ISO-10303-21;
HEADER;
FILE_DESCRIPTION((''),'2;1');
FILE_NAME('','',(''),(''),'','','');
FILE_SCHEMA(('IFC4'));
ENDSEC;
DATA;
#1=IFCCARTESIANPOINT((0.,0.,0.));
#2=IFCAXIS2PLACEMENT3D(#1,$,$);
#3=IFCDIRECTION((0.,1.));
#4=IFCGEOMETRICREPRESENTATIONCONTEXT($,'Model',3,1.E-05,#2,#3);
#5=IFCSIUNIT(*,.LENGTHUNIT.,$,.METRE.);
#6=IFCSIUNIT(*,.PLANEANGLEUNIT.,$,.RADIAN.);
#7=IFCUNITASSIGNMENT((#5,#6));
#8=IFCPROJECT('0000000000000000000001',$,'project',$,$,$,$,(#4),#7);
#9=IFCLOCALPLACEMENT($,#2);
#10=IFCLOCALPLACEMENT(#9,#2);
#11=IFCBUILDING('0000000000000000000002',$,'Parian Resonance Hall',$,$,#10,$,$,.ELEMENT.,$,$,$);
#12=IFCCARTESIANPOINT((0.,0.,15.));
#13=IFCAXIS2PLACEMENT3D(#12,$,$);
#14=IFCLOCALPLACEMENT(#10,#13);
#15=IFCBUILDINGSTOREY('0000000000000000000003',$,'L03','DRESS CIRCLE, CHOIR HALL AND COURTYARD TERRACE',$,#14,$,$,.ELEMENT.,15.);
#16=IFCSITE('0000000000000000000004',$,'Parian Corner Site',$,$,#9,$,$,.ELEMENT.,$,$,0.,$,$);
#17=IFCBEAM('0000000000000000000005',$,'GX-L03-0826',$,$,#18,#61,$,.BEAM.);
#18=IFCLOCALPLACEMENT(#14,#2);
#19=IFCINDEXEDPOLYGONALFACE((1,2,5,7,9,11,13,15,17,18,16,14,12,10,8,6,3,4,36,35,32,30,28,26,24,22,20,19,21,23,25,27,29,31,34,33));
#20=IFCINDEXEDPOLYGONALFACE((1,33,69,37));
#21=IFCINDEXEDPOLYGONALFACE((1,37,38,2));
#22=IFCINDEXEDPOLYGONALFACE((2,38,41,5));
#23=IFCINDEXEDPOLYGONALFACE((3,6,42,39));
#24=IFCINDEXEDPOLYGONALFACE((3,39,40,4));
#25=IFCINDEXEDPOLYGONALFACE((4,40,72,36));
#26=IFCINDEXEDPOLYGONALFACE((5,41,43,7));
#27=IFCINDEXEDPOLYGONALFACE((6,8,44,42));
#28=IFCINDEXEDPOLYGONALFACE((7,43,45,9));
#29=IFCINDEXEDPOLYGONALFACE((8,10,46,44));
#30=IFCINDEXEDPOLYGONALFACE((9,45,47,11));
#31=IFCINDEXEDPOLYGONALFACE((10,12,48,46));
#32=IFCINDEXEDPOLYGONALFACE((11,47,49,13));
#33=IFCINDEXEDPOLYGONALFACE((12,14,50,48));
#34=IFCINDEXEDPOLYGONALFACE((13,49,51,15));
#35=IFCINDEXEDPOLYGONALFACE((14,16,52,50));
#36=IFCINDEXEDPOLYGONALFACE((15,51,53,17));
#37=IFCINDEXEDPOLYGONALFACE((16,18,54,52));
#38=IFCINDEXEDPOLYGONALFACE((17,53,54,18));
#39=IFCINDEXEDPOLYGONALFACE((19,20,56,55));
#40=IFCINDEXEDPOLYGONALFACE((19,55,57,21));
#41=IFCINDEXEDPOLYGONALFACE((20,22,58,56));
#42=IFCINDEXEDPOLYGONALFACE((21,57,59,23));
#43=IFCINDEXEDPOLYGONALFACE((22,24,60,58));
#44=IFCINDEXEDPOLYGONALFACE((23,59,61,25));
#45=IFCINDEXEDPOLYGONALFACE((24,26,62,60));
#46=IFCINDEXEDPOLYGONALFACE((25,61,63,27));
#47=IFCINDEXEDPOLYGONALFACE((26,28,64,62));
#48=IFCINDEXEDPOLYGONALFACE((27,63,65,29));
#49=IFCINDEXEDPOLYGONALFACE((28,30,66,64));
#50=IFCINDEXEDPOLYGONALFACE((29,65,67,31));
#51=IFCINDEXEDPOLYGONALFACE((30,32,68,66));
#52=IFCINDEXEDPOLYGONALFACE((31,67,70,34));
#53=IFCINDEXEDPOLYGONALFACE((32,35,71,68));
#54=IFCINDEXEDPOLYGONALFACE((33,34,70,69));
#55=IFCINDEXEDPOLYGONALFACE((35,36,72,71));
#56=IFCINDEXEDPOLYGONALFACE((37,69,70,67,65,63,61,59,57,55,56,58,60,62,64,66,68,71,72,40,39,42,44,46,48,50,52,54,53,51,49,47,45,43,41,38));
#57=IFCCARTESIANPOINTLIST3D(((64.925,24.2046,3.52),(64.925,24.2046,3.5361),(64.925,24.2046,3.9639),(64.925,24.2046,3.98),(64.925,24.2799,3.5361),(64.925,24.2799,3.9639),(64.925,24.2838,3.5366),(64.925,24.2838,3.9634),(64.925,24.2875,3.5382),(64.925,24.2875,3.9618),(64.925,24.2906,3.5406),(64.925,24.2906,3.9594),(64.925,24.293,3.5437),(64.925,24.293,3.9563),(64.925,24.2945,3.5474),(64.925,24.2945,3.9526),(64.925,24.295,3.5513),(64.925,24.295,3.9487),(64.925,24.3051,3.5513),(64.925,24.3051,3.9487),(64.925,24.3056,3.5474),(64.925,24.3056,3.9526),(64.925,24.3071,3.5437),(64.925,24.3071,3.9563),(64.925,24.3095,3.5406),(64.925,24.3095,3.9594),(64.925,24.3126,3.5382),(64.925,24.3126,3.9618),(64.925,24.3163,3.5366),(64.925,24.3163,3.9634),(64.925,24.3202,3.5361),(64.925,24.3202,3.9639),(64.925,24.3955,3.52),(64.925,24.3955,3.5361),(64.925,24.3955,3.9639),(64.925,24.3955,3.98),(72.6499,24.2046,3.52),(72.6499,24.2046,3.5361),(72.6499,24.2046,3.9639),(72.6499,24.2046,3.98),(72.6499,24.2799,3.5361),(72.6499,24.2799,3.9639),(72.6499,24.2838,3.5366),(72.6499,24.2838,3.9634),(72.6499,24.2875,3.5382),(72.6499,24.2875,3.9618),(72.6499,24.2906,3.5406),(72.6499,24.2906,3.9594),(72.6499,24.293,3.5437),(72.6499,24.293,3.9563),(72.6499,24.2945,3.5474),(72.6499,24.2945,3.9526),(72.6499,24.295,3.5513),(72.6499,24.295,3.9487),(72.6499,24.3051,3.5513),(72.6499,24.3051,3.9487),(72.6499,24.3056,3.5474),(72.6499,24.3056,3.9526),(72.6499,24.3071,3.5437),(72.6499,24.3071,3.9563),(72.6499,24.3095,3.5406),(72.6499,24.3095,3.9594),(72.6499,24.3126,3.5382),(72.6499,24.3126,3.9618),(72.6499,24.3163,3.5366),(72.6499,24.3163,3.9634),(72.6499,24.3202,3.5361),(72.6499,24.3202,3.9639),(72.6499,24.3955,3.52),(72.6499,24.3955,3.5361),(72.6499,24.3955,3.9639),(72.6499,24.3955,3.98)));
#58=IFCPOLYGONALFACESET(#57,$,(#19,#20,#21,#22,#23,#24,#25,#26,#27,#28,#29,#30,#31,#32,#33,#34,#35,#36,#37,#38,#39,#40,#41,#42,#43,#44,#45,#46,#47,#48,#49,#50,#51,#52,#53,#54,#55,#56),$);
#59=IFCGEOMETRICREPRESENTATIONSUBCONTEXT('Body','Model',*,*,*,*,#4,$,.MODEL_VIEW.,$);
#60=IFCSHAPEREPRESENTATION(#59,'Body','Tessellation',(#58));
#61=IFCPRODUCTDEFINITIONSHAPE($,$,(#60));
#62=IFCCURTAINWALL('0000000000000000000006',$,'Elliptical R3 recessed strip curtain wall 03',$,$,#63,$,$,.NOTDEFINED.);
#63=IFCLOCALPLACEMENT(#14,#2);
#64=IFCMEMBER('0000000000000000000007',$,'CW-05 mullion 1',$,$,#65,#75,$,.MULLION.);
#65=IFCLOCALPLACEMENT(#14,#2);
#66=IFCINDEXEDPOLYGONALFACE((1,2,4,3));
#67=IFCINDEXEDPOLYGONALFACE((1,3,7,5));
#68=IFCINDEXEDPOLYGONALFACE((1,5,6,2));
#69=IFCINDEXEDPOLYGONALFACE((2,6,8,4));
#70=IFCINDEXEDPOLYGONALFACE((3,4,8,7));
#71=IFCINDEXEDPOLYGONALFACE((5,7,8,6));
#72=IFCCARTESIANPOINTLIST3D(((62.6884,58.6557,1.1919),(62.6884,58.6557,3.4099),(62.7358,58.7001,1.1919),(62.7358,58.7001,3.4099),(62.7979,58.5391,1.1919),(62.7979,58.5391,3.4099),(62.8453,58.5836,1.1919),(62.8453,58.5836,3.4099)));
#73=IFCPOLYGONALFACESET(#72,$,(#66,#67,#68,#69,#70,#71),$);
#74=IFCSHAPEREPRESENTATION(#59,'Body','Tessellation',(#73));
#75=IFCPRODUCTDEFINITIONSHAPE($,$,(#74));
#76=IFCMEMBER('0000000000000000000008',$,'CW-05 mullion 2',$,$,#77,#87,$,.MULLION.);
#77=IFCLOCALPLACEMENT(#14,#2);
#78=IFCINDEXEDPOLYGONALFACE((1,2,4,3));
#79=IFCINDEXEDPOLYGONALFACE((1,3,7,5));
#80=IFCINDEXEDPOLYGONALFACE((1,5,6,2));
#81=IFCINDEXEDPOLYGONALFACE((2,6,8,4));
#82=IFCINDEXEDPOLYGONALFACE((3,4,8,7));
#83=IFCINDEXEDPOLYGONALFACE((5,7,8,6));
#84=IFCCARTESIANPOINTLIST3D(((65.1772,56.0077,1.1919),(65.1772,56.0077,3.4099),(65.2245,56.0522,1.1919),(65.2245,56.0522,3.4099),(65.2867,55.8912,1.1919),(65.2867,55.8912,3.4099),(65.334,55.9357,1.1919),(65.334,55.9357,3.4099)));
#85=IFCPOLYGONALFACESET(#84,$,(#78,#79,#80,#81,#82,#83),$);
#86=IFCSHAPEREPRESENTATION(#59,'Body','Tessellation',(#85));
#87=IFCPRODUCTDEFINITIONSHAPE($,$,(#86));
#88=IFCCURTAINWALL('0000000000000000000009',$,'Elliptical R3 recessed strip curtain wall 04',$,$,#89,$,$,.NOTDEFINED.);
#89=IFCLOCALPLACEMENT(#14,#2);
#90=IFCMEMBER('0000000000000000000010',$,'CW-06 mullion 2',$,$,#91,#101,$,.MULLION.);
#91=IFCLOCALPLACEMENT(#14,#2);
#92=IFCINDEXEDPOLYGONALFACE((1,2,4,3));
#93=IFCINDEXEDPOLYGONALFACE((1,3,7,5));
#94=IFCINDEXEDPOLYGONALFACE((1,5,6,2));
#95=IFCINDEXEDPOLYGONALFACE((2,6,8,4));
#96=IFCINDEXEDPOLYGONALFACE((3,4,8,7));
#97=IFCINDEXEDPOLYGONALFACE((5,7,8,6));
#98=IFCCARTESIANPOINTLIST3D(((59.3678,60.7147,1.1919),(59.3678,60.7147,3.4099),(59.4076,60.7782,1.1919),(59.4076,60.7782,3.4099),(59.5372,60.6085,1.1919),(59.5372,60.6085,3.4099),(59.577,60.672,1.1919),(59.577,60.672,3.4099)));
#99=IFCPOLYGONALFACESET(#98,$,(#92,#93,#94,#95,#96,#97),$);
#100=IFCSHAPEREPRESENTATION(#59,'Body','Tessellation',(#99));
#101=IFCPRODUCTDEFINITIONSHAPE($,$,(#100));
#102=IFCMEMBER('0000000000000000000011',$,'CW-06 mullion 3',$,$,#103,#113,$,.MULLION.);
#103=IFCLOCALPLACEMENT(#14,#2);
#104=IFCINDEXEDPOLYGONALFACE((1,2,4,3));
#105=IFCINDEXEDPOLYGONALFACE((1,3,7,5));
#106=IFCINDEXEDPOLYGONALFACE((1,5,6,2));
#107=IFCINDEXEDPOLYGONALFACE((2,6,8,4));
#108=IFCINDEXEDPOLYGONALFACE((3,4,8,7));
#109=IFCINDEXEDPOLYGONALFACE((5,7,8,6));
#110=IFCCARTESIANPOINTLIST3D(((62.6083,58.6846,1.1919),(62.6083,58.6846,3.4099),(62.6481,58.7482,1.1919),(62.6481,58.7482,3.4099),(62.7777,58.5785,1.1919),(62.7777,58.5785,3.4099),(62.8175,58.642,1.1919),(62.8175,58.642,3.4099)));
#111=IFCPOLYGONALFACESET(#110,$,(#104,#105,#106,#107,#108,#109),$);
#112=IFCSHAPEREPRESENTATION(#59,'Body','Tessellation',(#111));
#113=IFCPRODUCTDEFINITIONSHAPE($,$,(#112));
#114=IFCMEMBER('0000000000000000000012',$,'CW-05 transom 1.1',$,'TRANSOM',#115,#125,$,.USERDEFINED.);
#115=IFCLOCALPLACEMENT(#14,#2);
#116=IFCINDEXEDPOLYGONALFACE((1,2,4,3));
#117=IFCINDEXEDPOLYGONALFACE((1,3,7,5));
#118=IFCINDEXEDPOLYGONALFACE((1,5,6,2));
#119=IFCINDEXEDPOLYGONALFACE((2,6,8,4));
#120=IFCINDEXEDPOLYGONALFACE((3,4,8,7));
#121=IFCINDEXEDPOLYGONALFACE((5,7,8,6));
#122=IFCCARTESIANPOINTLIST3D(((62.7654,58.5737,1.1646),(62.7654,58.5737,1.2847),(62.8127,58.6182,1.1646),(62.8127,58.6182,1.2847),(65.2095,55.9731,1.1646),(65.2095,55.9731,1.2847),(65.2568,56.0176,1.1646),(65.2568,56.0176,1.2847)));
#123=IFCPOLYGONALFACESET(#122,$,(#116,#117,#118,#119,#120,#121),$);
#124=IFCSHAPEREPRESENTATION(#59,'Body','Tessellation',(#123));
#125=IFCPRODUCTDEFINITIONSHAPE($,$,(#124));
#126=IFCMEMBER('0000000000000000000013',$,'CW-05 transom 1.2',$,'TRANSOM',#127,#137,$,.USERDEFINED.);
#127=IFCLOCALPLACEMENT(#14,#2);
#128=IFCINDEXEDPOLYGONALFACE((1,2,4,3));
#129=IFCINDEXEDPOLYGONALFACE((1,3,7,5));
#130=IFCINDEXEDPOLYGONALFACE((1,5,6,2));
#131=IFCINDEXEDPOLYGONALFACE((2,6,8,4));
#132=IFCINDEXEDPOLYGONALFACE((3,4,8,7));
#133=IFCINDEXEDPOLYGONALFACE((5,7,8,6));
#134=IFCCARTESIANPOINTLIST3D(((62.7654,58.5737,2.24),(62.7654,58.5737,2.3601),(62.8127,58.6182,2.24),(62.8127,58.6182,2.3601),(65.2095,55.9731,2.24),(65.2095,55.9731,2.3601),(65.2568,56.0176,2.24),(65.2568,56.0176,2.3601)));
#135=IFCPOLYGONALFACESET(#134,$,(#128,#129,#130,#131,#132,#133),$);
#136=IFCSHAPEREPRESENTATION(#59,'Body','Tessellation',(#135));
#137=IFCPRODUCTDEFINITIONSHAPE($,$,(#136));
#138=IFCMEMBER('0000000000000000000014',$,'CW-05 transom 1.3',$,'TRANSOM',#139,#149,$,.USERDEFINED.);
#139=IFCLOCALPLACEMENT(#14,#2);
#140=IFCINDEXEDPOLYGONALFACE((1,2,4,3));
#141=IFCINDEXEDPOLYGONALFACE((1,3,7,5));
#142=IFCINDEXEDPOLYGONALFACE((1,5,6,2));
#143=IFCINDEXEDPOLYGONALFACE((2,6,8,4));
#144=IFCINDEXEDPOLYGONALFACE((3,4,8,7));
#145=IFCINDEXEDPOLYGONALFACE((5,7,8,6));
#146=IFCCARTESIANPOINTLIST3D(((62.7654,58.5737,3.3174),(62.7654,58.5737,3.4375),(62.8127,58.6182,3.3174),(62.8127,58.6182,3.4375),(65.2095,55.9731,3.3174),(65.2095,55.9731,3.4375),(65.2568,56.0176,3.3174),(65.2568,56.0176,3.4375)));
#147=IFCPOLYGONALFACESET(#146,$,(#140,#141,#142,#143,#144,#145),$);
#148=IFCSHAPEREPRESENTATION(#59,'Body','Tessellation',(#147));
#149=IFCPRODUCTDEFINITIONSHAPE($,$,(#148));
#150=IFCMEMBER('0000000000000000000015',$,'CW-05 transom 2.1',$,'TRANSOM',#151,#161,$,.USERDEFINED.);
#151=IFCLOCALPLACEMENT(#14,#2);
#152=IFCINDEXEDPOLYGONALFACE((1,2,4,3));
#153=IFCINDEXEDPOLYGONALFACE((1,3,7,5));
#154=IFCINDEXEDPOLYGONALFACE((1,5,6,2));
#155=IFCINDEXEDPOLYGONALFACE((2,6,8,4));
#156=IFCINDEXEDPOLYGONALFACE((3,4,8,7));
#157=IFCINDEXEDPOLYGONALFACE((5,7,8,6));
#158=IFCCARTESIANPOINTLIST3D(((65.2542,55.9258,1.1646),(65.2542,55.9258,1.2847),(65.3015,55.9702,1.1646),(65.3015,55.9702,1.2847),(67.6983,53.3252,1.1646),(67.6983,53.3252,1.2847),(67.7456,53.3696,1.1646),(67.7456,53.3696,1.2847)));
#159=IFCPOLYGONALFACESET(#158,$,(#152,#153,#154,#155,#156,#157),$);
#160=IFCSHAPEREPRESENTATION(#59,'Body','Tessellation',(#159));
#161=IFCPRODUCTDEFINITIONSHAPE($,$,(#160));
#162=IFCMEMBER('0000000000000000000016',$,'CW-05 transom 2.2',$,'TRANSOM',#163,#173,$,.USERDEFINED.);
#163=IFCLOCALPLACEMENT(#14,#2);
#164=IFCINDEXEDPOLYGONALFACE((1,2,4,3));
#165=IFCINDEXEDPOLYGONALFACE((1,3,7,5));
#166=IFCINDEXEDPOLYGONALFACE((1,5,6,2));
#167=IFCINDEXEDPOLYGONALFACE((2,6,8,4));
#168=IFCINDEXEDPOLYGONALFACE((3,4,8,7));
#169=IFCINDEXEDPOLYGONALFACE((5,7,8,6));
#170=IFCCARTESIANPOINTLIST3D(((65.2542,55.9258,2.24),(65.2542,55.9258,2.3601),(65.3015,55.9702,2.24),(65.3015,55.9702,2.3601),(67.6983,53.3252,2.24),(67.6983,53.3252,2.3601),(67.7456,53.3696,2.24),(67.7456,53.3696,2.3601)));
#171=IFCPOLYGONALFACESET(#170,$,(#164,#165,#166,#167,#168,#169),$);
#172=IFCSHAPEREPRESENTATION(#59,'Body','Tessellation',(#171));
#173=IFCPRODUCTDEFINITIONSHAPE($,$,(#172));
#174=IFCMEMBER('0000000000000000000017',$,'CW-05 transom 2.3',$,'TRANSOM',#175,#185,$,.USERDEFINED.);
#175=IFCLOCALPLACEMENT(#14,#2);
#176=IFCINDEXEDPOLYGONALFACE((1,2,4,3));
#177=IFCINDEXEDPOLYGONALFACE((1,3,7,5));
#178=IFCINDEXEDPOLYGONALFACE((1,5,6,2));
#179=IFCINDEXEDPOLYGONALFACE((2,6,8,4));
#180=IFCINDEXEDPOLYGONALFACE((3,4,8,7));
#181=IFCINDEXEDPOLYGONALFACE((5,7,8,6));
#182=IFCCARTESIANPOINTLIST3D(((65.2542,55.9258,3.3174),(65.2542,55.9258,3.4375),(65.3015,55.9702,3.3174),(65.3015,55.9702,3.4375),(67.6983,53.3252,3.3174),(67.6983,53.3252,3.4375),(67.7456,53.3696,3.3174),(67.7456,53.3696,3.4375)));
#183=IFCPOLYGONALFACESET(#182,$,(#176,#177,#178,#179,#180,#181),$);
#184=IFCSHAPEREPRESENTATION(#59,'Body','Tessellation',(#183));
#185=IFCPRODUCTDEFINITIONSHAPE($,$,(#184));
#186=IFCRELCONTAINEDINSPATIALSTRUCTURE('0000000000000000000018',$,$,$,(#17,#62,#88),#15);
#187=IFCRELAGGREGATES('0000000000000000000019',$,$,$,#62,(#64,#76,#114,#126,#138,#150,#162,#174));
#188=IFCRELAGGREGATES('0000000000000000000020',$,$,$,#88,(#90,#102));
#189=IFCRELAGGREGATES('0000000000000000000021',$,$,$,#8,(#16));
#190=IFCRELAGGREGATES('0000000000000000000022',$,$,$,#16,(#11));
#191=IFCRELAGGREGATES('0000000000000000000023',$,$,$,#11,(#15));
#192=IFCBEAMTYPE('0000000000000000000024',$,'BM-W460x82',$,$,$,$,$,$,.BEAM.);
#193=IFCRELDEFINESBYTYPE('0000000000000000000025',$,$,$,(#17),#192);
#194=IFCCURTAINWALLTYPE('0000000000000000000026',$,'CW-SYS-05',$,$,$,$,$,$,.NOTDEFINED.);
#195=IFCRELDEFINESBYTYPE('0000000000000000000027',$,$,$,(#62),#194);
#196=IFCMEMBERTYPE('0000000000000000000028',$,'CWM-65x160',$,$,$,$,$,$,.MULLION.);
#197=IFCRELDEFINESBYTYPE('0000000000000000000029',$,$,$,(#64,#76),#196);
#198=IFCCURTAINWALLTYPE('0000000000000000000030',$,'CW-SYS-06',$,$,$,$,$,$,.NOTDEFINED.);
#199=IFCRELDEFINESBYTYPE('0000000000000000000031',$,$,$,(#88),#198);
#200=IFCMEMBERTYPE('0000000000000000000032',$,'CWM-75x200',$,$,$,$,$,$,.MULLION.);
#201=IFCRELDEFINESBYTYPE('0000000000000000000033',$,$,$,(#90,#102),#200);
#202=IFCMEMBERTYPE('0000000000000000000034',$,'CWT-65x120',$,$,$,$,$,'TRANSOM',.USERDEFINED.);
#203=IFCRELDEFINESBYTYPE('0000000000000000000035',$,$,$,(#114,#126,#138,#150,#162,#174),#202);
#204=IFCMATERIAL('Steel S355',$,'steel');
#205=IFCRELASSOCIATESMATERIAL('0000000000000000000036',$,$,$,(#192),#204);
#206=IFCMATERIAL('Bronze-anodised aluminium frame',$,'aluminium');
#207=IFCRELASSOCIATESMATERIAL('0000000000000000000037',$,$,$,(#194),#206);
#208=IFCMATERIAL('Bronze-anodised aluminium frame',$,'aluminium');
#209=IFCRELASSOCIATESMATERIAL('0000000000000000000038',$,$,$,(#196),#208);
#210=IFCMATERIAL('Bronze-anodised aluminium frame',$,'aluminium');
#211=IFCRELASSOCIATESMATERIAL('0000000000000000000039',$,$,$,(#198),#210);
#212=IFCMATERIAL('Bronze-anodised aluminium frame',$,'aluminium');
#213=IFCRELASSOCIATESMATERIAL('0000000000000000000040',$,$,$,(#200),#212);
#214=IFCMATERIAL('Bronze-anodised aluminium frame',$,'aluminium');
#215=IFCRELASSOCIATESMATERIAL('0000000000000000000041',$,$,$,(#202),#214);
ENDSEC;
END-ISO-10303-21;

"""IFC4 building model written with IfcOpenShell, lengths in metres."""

from ifc_helpers import new_model, si_unit, direction, frame, origin, origin_2d, place, context, subcontext, project, spatial, rectangle, i_section, extrude, material, material_profile, profile_set, type_object, element, aggregate, save


model = new_model("IFC4")

# Units and contexts
model_context = context("Model", 3, precision=1e-05, world=origin(), true_north=direction((0.0, 1.0)))
body_context = subcontext(model_context, "Body", "Model", "MODEL_VIEW")
ifc_project = project(units=[si_unit("LENGTHUNIT", "METRE"), si_unit("PLANEANGLEUNIT", "RADIAN")], contexts=[model_context])

# Site, building, storey
site_placement = place(None, origin())
site = spatial("IfcSite", under=ifc_project, at=site_placement, Name="Parian Corner Site", CompositionType="ELEMENT", RefElevation=0.0)
building_placement = place(site_placement, origin())
building = spatial("IfcBuilding", under=site, at=building_placement, Name="Parian Resonance Hall", CompositionType="ELEMENT")
storey_placement = place(building_placement, frame((0.0, 0.0, 15.0)))
storey = spatial("IfcBuildingStorey", under=building, at=storey_placement, Name="L03", Description="DRESS CIRCLE, CHOIR HALL AND COURTYARD TERRACE", CompositionType="ELEMENT", Elevation=15.0)

# Beam
ifc_material_1 = material(Name="Steel S355", Category="steel")
ifc_material_profile_1 = material_profile(ifc_material_1, i_section(OverallWidth=0.1909, OverallDepth=0.46, WebThickness=0.01, FlangeThickness=0.0161, FilletRadius=0.0151, at=origin_2d()), Name="W460x82")
ifc_profile_set_1 = profile_set([ifc_material_profile_1], Name="Steel S355")
beam_type_1 = type_object("IfcBeamType", Name="BM-W460x82", PredefinedType="BEAM", material=ifc_profile_set_1)
beam_1_placement = place(storey_placement, frame((64.925, 24.3, 3.75), z_axis=(1.0, 0.0, 0.0), x_axis=(0.0, 1.0, 0.0)))
element("IfcBeam", 1, at=beam_1_placement, inside=storey, type_object=beam_type_1, Name="GX-L03-0826", PredefinedType="BEAM", context=body_context, shape_type="SweptSolid", body=[
    extrude(i_section(OverallWidth=0.1909, OverallDepth=0.46, WebThickness=0.01, FlangeThickness=0.0161, FilletRadius=0.0151, at=origin_2d()), origin(), (0.0, 0.0, 1.0), 7.7249),
])

# Curtain walls, members
ifc_material_2 = material(Name="Bronze-anodised aluminium frame", Category="aluminium")
curtain_wall_type_1 = type_object("IfcCurtainWallType", Name="CW-SYS-05", PredefinedType="NOTDEFINED", material=ifc_material_2)
curtain_wall_1_placement = place(storey_placement, origin())
curtain_wall_1 = element("IfcCurtainWall", 2, at=curtain_wall_1_placement, inside=storey, type_object=curtain_wall_type_1, Name="Elliptical R3 recessed strip curtain wall 03", PredefinedType="NOTDEFINED")
ifc_material_3 = material(Name="Bronze-anodised aluminium frame", Category="aluminium")
ifc_material_profile_2 = material_profile(ifc_material_3, rectangle(XDim=0.0649, YDim=0.1599, at=origin_2d()), Name="CWM-65x160")
ifc_profile_set_2 = profile_set([ifc_material_profile_2], Name="Bronze-anodised aluminium frame")
member_type_1 = type_object("IfcMemberType", Name="CWM-65x160", PredefinedType="MULLION", material=ifc_profile_set_2)
member_1_placement = place(storey_placement, frame((62.7668, 58.6196, 1.1919), z_axis=(0.0, 0.0, 1.0), x_axis=(0.728695, 0.684838, 0.0)))
member_1 = element("IfcMember", 3, at=member_1_placement, type_object=member_type_1, Name="CW-05 mullion 1", PredefinedType="MULLION", context=body_context, shape_type="SweptSolid", body=[
    extrude(rectangle(XDim=0.0649, YDim=0.1599, at=origin_2d()), origin(), (0.0, 0.0, 1.0), 2.218),
])
member_2_placement = place(storey_placement, frame((65.2556, 55.9717, 1.1919), z_axis=(0.0, 0.0, 1.0), x_axis=(0.728695, 0.684838, 0.0)))
member_2 = element("IfcMember", 4, at=member_2_placement, type_object=member_type_1, Name="CW-05 mullion 2", PredefinedType="MULLION", context=body_context, shape_type="SweptSolid", body=[
    extrude(rectangle(XDim=0.0649, YDim=0.1599, at=origin_2d()), origin(), (0.0, 0.0, 1.0), 2.218),
])
ifc_material_4 = material(Name="Bronze-anodised aluminium frame", Category="aluminium")
curtain_wall_type_2 = type_object("IfcCurtainWallType", Name="CW-SYS-06", PredefinedType="NOTDEFINED", material=ifc_material_4)
curtain_wall_2_placement = place(storey_placement, origin())
curtain_wall_2 = element("IfcCurtainWall", 5, at=curtain_wall_2_placement, inside=storey, type_object=curtain_wall_type_2, Name="Elliptical R3 recessed strip curtain wall 04", PredefinedType="NOTDEFINED")
ifc_material_5 = material(Name="Bronze-anodised aluminium frame", Category="aluminium")
ifc_material_profile_3 = material_profile(ifc_material_5, rectangle(XDim=0.075, YDim=0.2, at=origin_2d()), Name="CWM-75x200")
ifc_profile_set_3 = profile_set([ifc_material_profile_3], Name="Bronze-anodised aluminium frame")
member_type_2 = type_object("IfcMemberType", Name="CWM-75x200", PredefinedType="MULLION", material=ifc_profile_set_3)
member_3_placement = place(storey_placement, frame((59.4724, 60.6934, 1.1919), z_axis=(0.0, 0.0, 1.0), x_axis=(0.530904, 0.847432, 0.0)))
member_3 = element("IfcMember", 6, at=member_3_placement, type_object=member_type_2, Name="CW-06 mullion 2", PredefinedType="MULLION", context=body_context, shape_type="SweptSolid", body=[
    extrude(rectangle(XDim=0.075, YDim=0.2, at=origin_2d()), origin(), (0.0, 0.0, 1.0), 2.218),
])
member_4_placement = place(storey_placement, frame((62.7129, 58.6633, 1.1919), z_axis=(0.0, 0.0, 1.0), x_axis=(0.530904, 0.847432, 0.0)))
member_4 = element("IfcMember", 7, at=member_4_placement, type_object=member_type_2, Name="CW-06 mullion 3", PredefinedType="MULLION", context=body_context, shape_type="SweptSolid", body=[
    extrude(rectangle(XDim=0.075, YDim=0.2, at=origin_2d()), origin(), (0.0, 0.0, 1.0), 2.218),
])

# Members
ifc_material_6 = material(Name="Bronze-anodised aluminium frame", Category="aluminium")
ifc_material_profile_4 = material_profile(ifc_material_6, rectangle(XDim=0.0649, YDim=0.1201, at=origin_2d()), Name="CWT-65x120")
ifc_profile_set_4 = profile_set([ifc_material_profile_4], Name="Bronze-anodised aluminium frame")
member_type_3 = type_object("IfcMemberType", Name="CWT-65x120", ElementType="TRANSOM", PredefinedType="USERDEFINED", material=ifc_profile_set_4)
member_5_placement = place(storey_placement, frame((62.7891, 58.5959, 1.2246), z_axis=(0.684842, -0.728692, 0.0), x_axis=(0.728692, 0.684842, 0.0)))
member_5 = element("IfcMember", 8, at=member_5_placement, type_object=member_type_3, Name="CW-05 transom 1.1", ObjectType="TRANSOM", PredefinedType="USERDEFINED", context=body_context, shape_type="SweptSolid", body=[
    extrude(rectangle(XDim=0.0649, YDim=0.1201, at=origin_2d()), origin(), (0.0, 0.0, 1.0), 3.5688),
])
member_6_placement = place(storey_placement, frame((62.7891, 58.5959, 2.3), z_axis=(0.684842, -0.728692, 0.0), x_axis=(0.728692, 0.684842, 0.0)))
member_6 = element("IfcMember", 9, at=member_6_placement, type_object=member_type_3, Name="CW-05 transom 1.2", ObjectType="TRANSOM", PredefinedType="USERDEFINED", context=body_context, shape_type="SweptSolid", body=[
    extrude(rectangle(XDim=0.0649, YDim=0.1201, at=origin_2d()), origin(), (0.0, 0.0, 1.0), 3.5688),
])
member_7_placement = place(storey_placement, frame((62.7891, 58.5959, 3.3774), z_axis=(0.684842, -0.728692, 0.0), x_axis=(0.728692, 0.684842, 0.0)))
member_7 = element("IfcMember", 10, at=member_7_placement, type_object=member_type_3, Name="CW-05 transom 1.3", ObjectType="TRANSOM", PredefinedType="USERDEFINED", context=body_context, shape_type="SweptSolid", body=[
    extrude(rectangle(XDim=0.0649, YDim=0.1201, at=origin_2d()), origin(), (0.0, 0.0, 1.0), 3.5688),
])
member_8_placement = place(storey_placement, frame((65.2778, 55.948, 1.2246), z_axis=(0.684842, -0.728692, 0.0), x_axis=(0.728692, 0.684842, 0.0)))
member_8 = element("IfcMember", 11, at=member_8_placement, type_object=member_type_3, Name="CW-05 transom 2.1", ObjectType="TRANSOM", PredefinedType="USERDEFINED", context=body_context, shape_type="SweptSolid", body=[
    extrude(rectangle(XDim=0.0649, YDim=0.1201, at=origin_2d()), origin(), (0.0, 0.0, 1.0), 3.5688),
])
member_9_placement = place(storey_placement, frame((65.2778, 55.948, 2.3), z_axis=(0.684842, -0.728692, 0.0), x_axis=(0.728692, 0.684842, 0.0)))
member_9 = element("IfcMember", 12, at=member_9_placement, type_object=member_type_3, Name="CW-05 transom 2.2", ObjectType="TRANSOM", PredefinedType="USERDEFINED", context=body_context, shape_type="SweptSolid", body=[
    extrude(rectangle(XDim=0.0649, YDim=0.1201, at=origin_2d()), origin(), (0.0, 0.0, 1.0), 3.5688),
])
member_10_placement = place(storey_placement, frame((65.2778, 55.948, 3.3774), z_axis=(0.684842, -0.728692, 0.0), x_axis=(0.728692, 0.684842, 0.0)))
member_10 = element("IfcMember", 13, at=member_10_placement, type_object=member_type_3, Name="CW-05 transom 2.3", ObjectType="TRANSOM", PredefinedType="USERDEFINED", context=body_context, shape_type="SweptSolid", body=[
    extrude(rectangle(XDim=0.0649, YDim=0.1201, at=origin_2d()), origin(), (0.0, 0.0, 1.0), 3.5688),
])

aggregate(curtain_wall_1, [member_1, member_2, member_5, member_6, member_7, member_8, member_9, member_10])
aggregate(curtain_wall_2, [member_3, member_4])

save(model, "model.ifc")
